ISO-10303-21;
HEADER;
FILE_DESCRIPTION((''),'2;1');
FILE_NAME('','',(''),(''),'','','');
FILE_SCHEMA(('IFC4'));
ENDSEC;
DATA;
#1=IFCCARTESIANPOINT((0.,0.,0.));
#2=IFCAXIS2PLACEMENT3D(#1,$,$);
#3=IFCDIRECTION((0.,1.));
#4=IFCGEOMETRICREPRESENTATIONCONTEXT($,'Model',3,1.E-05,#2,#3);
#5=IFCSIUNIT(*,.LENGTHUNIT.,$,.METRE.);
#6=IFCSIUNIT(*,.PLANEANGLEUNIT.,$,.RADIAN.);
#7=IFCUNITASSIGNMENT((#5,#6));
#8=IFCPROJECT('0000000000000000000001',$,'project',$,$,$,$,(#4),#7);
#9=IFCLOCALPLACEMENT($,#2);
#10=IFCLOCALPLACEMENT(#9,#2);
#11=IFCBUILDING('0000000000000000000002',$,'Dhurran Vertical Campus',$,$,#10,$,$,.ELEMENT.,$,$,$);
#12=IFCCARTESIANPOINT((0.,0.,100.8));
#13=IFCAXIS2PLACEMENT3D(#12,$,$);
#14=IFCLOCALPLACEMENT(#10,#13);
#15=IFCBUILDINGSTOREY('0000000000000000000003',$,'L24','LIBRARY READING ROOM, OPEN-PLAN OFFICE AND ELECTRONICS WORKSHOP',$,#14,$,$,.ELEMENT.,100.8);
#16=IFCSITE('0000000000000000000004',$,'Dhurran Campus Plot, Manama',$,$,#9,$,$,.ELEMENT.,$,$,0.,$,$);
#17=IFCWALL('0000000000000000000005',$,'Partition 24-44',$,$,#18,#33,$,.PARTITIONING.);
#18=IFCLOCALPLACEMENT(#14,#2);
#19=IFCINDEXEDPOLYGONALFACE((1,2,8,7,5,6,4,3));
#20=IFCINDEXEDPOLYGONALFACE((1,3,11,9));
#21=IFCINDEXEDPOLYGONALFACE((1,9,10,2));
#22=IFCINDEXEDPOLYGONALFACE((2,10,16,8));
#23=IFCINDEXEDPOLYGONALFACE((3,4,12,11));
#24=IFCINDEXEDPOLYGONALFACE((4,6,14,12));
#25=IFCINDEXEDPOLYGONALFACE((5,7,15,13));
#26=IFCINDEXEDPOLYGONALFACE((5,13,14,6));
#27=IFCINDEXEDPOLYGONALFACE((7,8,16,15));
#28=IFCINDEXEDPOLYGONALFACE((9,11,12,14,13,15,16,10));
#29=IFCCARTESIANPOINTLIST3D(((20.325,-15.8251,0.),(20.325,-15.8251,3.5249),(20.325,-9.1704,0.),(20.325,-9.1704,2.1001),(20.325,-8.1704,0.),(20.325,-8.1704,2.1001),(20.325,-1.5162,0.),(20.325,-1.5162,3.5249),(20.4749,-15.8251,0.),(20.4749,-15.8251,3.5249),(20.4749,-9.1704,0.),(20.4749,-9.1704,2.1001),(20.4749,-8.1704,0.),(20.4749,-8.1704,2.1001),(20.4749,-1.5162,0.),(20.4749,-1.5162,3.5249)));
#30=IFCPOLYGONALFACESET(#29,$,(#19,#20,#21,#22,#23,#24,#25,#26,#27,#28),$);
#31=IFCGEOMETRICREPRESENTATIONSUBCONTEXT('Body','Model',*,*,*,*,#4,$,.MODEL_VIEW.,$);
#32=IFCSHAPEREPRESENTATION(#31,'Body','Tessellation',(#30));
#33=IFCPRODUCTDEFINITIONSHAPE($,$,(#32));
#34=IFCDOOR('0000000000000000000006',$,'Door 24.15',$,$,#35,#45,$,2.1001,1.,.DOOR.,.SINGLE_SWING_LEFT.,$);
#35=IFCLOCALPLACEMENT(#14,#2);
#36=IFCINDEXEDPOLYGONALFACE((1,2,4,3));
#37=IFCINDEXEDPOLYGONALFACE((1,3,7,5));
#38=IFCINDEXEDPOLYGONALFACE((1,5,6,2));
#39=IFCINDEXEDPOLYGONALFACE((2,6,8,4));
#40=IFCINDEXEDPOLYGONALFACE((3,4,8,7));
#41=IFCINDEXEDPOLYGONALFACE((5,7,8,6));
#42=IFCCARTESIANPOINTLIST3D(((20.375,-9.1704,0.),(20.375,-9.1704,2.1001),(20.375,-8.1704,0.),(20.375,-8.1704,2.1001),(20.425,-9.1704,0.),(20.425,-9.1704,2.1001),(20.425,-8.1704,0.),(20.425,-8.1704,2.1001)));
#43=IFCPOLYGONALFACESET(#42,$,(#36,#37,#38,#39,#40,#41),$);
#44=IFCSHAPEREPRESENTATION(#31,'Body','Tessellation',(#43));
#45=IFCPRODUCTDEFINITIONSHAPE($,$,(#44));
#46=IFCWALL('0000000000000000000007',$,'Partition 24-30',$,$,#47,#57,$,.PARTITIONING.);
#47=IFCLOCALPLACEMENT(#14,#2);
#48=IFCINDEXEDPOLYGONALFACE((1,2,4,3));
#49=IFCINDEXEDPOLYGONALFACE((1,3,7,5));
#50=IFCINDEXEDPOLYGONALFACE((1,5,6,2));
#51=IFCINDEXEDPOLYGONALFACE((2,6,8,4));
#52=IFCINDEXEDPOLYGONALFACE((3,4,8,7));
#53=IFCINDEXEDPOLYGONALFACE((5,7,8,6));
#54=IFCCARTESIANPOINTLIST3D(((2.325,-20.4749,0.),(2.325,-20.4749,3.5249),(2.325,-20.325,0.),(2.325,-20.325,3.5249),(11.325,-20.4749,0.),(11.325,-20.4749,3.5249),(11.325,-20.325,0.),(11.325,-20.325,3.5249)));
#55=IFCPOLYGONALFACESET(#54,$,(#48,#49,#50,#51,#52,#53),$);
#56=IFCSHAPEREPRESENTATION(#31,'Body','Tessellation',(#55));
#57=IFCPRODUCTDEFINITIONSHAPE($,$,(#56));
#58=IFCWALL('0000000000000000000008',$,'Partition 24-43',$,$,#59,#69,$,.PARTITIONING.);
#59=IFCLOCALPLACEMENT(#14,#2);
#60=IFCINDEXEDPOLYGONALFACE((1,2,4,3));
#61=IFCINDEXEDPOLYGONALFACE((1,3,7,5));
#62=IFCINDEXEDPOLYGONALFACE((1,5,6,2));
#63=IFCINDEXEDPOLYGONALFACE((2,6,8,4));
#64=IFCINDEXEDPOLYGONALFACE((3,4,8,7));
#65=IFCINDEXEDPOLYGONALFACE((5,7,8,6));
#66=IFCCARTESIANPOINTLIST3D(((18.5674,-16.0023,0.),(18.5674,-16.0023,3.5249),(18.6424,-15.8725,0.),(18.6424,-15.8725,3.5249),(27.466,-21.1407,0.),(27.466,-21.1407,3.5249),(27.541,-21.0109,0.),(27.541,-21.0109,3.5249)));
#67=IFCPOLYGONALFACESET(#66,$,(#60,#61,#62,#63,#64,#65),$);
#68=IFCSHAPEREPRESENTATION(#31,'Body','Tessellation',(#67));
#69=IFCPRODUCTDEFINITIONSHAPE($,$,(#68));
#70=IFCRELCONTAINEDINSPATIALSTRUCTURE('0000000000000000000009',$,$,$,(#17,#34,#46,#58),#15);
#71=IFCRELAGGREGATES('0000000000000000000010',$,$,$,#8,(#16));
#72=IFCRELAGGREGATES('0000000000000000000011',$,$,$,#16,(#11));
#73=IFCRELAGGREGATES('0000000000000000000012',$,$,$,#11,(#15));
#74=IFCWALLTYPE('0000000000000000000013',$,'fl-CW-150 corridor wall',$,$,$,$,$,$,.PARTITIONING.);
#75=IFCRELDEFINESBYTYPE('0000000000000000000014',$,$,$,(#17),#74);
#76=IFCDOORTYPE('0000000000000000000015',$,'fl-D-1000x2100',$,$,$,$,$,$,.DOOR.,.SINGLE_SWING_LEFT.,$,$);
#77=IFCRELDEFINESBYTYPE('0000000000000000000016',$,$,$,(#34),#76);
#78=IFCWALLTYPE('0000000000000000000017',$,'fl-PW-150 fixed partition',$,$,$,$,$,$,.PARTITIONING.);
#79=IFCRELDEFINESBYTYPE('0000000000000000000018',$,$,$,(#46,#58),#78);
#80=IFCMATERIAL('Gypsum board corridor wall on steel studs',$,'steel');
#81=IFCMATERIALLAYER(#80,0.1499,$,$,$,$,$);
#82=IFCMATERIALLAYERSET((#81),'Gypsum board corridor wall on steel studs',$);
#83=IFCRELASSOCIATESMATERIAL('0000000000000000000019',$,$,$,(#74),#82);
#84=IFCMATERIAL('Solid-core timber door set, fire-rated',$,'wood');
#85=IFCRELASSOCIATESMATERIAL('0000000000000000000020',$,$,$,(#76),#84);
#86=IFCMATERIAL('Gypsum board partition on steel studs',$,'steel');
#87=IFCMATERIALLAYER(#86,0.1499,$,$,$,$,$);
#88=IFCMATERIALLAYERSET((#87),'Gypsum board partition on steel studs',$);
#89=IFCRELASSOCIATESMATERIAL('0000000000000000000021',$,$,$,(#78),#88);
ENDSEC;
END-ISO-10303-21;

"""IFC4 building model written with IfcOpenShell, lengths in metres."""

from ifc_helpers import new_model, si_unit, direction, frame, frame_2d, origin, place, context, subcontext, project, spatial, rectangle, extrude, material, layer, layer_set, type_object, element, fill, save


model = new_model("IFC4")

# Units and contexts
model_context = context("Model", 3, precision=1e-05, world=origin(), true_north=direction((0.0, 1.0)))
body_context = subcontext(model_context, "Body", "Model", "MODEL_VIEW")
ifc_project = project(units=[si_unit("LENGTHUNIT", "METRE"), si_unit("PLANEANGLEUNIT", "RADIAN")], contexts=[model_context])

# Site, building, storey
site_placement = place(None, origin())
site = spatial("IfcSite", under=ifc_project, at=site_placement, Name="Dhurran Campus Plot, Manama", CompositionType="ELEMENT", RefElevation=0.0)
building_placement = place(site_placement, origin())
building = spatial("IfcBuilding", under=site, at=building_placement, Name="Dhurran Vertical Campus", CompositionType="ELEMENT")
storey_placement = place(building_placement, frame((0.0, 0.0, 100.8)))
storey = spatial("IfcBuildingStorey", under=building, at=storey_placement, Name="L24", Description="LIBRARY READING ROOM, OPEN-PLAN OFFICE AND ELECTRONICS WORKSHOP", CompositionType="ELEMENT", Elevation=100.8)

# Shared definitions
ifc_material_1 = material(Name="Gypsum board corridor wall on steel studs", Category="steel")
ifc_layer_1 = layer(ifc_material_1, 0.1499)
ifc_layer_set_1 = layer_set([ifc_layer_1], Name="Gypsum board corridor wall on steel studs")
wall_type_1 = type_object("IfcWallType", Name="fl-CW-150 corridor wall", PredefinedType="PARTITIONING", material=ifc_layer_set_1)

# Wall, opening, door
wall_1_placement = place(storey_placement, frame((20.3999, -15.825, 0.0), z_axis=(0.0, 0.0, 1.0), x_axis=(0.0, 1.0, 0.0)))
wall_1 = element("IfcWall", 1, at=wall_1_placement, inside=storey, type_object=wall_type_1, Name="Partition 24-44", PredefinedType="PARTITIONING", context=body_context, shape_type="SweptSolid", body=[
    extrude(rectangle(XDim=14.3088, YDim=0.1499, at=frame_2d((7.1543, 0.0))), origin(), (0.0, 0.0, 1.0), 3.5249),
])
opening_1_placement = place(wall_1_placement, frame((6.6545, 0.0, 0.0)))
opening_1 = element("IfcOpeningElement", 2, at=opening_1_placement, cuts=wall_1, PredefinedType="OPENING", context=body_context, shape_type="SweptSolid", body=[
    extrude(rectangle(XDim=1.0, YDim=2.1001, at=frame_2d((0.5, 1.05))), frame((0.0, 0.085, 0.0), z_axis=(0.0, -1.0, 0.0), x_axis=(1.0, 0.0, 0.0)), (0.0, 0.0, 1.0), 0.1699),
])
ifc_material_2 = material(Name="Solid-core timber door set, fire-rated", Category="wood")
door_type = type_object("IfcDoorType", Name="fl-D-1000x2100", OperationType="SINGLE_SWING_LEFT", PredefinedType="DOOR", material=ifc_material_2)
door_placement = place(opening_1_placement, origin())
door = element("IfcDoor", 3, at=door_placement, inside=storey, type_object=door_type, Name="Door 24.15", OperationType="SINGLE_SWING_LEFT", OverallHeight=2.1001, OverallWidth=1.0, PredefinedType="DOOR", context=body_context, shape_type="SweptSolid", body=[
    extrude(rectangle(XDim=1.0, YDim=2.1001, at=frame_2d((0.5, 1.05))), frame((0.0, 0.0249, 0.0), z_axis=(0.0, -1.0, 0.0), x_axis=(1.0, 0.0, 0.0)), (0.0, 0.0, 1.0), 0.05),
])
fill(opening_1, door)

# Walls
ifc_material_3 = material(Name="Gypsum board partition on steel studs", Category="steel")
ifc_layer_2 = layer(ifc_material_3, 0.1499)
ifc_layer_set_2 = layer_set([ifc_layer_2], Name="Gypsum board partition on steel studs")
wall_type_2 = type_object("IfcWallType", Name="fl-PW-150 fixed partition", PredefinedType="PARTITIONING", material=ifc_layer_set_2)
wall_2_placement = place(storey_placement, frame((11.325, -20.3999, 0.0), z_axis=(0.0, 0.0, 1.0), x_axis=(-1.0, 0.0, 0.0)))
element("IfcWall", 4, at=wall_2_placement, inside=storey, type_object=wall_type_2, Name="Partition 24-30", PredefinedType="PARTITIONING", context=body_context, shape_type="SweptSolid", body=[
    extrude(rectangle(XDim=9.0, YDim=0.1499, at=frame_2d((4.5, 0.0))), origin(), (0.0, 0.0, 1.0), 3.5249),
])
wall_3_placement = place(storey_placement, frame((18.605, -15.9375, 0.0), z_axis=(0.0, 0.0, 1.0), x_axis=(0.865993, -0.500056, 0.0)))
element("IfcWall", 5, at=wall_3_placement, inside=storey, type_object=wall_type_2, Name="Partition 24-43", PredefinedType="PARTITIONING", context=body_context, shape_type="SweptSolid", body=[
    extrude(rectangle(XDim=10.2756, YDim=0.1499, at=frame_2d((5.1377, 0.0))), origin(), (0.0, 0.0, 1.0), 3.5249),
])

save(model, "model.ifc")
